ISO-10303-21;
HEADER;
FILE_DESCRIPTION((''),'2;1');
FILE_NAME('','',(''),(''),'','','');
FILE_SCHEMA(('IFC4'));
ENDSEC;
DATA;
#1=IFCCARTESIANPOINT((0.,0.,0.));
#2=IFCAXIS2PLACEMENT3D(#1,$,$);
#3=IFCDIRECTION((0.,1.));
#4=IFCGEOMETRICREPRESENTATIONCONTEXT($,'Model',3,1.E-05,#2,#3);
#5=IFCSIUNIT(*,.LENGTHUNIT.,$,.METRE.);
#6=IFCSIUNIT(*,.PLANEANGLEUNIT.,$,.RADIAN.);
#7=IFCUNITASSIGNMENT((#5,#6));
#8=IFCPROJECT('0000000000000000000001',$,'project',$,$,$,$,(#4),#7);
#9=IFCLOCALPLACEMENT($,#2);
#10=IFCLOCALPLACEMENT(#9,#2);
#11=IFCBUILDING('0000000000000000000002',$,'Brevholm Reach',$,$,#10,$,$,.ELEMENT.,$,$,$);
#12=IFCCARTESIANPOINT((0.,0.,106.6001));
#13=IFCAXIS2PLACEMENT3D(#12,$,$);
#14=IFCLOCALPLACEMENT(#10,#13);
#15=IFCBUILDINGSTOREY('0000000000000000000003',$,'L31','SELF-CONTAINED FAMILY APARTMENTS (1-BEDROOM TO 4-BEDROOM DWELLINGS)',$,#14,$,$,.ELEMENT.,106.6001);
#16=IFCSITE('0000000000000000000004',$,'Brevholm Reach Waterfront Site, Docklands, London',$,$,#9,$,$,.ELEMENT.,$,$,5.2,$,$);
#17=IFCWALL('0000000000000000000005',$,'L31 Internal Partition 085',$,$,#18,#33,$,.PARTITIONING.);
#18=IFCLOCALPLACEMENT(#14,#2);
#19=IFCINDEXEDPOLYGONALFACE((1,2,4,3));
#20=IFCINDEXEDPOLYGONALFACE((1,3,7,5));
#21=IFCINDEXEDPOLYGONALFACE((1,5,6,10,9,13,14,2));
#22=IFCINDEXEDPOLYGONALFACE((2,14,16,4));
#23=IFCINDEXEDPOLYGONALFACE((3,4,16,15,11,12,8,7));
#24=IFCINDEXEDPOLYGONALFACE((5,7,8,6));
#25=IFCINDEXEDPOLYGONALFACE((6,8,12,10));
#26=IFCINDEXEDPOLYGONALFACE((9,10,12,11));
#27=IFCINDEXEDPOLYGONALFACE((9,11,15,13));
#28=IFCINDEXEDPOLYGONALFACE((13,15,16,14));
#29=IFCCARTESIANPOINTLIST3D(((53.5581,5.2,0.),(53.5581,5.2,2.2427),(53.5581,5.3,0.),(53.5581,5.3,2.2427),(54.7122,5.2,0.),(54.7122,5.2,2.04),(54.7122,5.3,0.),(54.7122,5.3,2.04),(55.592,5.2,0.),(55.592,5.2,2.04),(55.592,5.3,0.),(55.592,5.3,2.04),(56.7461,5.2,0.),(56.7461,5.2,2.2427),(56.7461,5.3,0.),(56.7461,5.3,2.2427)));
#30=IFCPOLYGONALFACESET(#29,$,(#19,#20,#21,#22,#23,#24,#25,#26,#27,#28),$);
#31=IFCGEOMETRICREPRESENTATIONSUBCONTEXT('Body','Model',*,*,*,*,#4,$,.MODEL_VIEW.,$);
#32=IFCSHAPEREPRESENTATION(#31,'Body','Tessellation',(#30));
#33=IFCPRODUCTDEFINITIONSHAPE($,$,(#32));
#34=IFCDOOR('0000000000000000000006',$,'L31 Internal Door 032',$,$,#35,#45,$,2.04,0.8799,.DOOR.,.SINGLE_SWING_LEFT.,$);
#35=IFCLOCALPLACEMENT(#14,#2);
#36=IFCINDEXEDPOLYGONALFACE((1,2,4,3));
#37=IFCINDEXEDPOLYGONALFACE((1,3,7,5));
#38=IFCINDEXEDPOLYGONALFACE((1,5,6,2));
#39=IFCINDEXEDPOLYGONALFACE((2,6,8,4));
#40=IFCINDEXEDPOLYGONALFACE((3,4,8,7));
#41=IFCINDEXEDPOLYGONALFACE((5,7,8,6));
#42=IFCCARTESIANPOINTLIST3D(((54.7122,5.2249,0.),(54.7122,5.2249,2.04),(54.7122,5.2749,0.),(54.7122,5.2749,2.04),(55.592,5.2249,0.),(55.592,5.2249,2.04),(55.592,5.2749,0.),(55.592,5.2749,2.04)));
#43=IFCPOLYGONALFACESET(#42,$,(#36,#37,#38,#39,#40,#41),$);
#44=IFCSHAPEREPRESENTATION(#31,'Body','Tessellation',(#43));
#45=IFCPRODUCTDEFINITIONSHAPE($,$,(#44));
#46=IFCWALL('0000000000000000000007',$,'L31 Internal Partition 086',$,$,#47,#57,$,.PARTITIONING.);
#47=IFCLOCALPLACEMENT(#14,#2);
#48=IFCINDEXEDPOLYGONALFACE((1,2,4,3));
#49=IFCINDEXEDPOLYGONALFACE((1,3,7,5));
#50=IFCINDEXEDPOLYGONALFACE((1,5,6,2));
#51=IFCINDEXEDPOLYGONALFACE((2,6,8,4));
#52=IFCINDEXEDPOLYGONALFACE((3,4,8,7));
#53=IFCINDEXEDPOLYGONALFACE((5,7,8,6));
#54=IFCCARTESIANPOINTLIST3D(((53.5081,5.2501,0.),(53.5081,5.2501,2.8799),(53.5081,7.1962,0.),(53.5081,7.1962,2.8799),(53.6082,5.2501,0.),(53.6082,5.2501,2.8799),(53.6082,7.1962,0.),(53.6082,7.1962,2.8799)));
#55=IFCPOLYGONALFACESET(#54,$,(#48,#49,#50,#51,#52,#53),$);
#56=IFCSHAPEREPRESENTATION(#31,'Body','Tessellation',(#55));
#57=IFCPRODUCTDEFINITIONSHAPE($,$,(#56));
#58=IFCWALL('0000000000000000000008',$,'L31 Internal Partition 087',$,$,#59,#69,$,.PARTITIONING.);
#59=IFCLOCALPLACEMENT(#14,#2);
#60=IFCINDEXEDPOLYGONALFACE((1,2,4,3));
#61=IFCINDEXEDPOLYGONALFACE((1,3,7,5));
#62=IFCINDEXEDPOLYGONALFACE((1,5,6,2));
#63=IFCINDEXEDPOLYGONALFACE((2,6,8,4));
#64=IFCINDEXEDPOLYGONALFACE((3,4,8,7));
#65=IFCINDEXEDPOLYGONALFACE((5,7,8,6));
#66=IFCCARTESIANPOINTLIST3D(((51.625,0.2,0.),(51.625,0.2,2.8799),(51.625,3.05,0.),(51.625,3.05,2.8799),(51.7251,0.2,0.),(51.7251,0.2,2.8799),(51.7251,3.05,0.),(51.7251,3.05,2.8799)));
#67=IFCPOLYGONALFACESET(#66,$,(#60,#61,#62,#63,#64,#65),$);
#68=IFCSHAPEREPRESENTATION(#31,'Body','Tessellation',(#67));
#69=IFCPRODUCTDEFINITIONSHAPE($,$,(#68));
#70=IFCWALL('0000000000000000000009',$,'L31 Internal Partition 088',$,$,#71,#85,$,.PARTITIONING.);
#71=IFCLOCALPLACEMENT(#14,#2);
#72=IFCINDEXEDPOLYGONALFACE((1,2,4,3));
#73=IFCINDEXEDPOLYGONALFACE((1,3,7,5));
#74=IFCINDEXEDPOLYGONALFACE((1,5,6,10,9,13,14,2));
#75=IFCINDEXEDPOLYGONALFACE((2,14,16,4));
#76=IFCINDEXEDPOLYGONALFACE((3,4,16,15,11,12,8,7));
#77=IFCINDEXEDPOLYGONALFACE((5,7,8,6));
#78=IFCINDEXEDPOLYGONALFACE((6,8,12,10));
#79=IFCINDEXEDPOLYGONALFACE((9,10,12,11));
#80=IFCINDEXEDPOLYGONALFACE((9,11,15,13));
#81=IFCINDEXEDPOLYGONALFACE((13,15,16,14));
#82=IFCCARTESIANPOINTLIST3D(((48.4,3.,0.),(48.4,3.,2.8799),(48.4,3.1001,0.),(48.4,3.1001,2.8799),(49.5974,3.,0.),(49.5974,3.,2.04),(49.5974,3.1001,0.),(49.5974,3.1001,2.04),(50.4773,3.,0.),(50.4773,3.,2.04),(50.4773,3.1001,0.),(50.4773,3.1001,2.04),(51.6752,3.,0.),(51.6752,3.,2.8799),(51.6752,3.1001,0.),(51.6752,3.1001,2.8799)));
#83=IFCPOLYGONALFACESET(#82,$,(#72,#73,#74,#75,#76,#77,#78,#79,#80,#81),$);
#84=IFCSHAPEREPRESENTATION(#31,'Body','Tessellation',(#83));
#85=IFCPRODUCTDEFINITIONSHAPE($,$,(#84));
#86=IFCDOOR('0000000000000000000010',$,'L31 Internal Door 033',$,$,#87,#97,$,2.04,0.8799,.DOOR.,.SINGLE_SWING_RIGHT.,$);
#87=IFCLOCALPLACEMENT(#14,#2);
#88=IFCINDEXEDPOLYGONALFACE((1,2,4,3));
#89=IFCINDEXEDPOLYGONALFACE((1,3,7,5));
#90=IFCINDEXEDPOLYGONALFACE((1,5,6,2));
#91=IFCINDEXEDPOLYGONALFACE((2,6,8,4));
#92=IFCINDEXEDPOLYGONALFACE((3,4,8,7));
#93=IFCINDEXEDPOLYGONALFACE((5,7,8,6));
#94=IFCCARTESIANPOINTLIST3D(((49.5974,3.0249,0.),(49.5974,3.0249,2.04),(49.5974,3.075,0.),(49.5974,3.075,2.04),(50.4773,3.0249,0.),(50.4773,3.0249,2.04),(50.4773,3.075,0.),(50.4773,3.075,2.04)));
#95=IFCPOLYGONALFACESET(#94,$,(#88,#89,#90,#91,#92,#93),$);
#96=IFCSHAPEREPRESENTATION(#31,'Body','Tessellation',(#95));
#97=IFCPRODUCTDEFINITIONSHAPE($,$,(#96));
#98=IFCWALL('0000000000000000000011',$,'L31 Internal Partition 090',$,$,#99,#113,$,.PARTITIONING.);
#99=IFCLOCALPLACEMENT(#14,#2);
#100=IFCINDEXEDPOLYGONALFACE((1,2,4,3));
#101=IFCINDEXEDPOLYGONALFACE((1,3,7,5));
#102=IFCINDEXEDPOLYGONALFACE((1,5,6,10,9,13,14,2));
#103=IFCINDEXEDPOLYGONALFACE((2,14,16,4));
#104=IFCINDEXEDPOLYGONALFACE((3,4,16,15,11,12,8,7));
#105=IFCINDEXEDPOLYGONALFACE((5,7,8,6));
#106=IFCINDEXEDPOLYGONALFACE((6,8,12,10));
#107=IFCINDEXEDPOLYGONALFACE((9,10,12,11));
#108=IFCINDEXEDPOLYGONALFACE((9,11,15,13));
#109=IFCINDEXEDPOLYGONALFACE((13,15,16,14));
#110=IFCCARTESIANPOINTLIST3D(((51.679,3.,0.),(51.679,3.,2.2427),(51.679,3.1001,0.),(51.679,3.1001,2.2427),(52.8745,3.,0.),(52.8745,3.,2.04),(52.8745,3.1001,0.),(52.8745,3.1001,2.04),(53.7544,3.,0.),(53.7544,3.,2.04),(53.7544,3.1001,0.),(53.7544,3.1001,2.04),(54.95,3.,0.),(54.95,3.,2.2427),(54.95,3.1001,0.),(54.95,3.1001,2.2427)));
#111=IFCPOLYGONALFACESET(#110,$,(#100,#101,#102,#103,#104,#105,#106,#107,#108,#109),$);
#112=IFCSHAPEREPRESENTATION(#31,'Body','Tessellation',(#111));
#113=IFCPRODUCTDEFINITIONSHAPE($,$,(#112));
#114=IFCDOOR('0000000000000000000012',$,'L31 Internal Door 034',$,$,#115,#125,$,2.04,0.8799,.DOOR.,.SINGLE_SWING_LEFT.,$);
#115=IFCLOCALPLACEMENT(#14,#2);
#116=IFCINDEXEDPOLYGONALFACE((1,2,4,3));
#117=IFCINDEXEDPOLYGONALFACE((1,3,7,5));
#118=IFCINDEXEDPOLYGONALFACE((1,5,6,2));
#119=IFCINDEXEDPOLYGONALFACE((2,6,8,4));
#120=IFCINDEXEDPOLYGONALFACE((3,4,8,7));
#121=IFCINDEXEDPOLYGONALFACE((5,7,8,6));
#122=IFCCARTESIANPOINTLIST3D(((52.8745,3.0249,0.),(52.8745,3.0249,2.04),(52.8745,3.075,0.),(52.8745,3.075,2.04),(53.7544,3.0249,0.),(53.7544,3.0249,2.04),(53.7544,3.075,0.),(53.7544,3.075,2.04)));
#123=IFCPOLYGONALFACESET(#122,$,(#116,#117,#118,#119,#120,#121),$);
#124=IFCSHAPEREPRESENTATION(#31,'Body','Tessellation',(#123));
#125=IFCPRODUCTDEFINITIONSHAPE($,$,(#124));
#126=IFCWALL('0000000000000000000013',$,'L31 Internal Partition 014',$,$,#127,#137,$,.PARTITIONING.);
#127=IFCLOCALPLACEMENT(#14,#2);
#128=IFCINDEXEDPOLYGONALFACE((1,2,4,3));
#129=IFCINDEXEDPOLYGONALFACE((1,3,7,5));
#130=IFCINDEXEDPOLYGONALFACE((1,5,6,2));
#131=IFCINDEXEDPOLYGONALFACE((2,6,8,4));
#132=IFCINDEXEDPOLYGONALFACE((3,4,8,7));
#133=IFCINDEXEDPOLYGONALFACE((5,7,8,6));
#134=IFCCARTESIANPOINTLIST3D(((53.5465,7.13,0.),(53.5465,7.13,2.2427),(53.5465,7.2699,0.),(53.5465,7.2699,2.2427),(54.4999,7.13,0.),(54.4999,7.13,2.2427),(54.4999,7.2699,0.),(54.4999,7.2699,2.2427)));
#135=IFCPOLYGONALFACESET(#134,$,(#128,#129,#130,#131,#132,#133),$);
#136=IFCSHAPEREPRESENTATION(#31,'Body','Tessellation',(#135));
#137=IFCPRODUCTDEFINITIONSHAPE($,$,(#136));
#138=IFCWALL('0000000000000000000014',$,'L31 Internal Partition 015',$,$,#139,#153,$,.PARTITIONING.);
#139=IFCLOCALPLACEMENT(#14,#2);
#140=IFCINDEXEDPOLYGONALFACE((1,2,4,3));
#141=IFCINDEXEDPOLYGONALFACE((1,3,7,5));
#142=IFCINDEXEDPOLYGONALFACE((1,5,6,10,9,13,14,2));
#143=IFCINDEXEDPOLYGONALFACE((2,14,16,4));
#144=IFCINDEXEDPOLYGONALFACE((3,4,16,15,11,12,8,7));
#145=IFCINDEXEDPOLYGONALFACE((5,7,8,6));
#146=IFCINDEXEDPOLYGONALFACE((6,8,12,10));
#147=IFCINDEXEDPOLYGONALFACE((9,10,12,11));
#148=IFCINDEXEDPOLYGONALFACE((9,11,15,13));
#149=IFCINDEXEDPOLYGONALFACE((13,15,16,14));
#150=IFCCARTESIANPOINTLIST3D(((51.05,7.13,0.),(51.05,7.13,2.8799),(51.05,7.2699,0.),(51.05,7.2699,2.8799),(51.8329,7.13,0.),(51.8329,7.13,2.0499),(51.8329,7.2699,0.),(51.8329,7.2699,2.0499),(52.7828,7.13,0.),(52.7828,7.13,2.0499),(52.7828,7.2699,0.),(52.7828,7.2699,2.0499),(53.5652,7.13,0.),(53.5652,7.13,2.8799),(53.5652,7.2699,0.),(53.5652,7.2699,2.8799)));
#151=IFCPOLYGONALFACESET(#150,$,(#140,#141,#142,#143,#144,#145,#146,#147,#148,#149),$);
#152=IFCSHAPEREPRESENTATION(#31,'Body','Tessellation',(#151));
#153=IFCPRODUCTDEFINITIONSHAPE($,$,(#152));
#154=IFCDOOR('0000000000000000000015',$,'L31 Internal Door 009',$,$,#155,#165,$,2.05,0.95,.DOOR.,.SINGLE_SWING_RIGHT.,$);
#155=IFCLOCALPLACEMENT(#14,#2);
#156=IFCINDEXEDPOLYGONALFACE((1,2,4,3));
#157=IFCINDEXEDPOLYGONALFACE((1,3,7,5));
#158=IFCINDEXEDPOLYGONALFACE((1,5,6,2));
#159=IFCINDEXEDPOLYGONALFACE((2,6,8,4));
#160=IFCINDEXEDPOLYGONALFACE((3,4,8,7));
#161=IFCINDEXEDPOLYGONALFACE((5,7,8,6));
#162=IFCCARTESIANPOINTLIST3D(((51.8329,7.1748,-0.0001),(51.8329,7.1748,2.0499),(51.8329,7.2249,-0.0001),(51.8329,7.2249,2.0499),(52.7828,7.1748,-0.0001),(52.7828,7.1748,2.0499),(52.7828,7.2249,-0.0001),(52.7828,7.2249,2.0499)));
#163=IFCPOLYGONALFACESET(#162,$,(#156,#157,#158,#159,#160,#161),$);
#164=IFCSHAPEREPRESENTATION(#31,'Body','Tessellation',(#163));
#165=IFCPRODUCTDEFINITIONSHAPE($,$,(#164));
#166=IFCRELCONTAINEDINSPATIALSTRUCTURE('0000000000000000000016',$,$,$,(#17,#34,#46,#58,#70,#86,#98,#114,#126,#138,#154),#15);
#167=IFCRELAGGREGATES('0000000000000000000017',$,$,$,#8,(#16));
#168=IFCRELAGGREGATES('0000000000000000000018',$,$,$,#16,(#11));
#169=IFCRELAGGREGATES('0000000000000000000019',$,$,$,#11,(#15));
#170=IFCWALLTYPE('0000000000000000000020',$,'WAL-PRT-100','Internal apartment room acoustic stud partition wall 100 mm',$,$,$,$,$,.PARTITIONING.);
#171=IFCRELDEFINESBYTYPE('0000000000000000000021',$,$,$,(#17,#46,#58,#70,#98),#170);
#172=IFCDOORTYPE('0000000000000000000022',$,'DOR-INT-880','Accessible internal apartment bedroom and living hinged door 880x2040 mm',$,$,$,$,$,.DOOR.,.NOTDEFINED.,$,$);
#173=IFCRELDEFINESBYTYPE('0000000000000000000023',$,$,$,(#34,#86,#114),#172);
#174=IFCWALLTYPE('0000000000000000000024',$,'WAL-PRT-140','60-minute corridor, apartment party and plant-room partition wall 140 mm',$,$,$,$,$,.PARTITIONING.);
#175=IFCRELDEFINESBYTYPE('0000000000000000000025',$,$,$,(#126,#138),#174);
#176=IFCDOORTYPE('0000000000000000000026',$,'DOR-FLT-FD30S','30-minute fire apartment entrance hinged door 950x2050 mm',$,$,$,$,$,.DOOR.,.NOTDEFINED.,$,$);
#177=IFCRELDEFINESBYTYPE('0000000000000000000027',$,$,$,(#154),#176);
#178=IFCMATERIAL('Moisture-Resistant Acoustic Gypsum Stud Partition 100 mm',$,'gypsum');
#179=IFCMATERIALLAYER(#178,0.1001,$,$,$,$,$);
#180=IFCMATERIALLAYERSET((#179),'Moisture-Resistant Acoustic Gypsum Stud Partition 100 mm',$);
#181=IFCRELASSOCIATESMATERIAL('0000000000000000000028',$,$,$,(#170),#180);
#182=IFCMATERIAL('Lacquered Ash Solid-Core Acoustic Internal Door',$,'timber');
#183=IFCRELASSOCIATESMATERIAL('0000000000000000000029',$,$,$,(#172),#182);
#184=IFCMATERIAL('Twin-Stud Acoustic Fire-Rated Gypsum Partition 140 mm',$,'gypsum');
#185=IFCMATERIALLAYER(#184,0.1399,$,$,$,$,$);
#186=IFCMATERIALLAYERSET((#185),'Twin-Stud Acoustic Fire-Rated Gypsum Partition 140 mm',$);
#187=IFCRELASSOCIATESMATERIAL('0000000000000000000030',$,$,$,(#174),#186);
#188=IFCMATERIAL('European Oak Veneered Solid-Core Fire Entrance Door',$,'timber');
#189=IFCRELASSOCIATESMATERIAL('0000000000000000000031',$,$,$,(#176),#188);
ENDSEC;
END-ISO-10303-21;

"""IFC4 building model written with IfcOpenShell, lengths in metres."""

from ifc_helpers import new_model, si_unit, direction, frame, frame_2d, origin, place, context, subcontext, project, spatial, rectangle, extrude, material, layer, layer_set, type_object, element, fill, save


model = new_model("IFC4")

# Units and contexts
model_context = context("Model", 3, precision=1e-05, world=origin(), true_north=direction((0.0, 1.0)))
body_context = subcontext(model_context, "Body", "Model", "MODEL_VIEW")
ifc_project = project(units=[si_unit("LENGTHUNIT", "METRE"), si_unit("PLANEANGLEUNIT", "RADIAN")], contexts=[model_context])

# Site, building, storey
site_placement = place(None, origin())
site = spatial("IfcSite", under=ifc_project, at=site_placement, Name="Brevholm Reach Waterfront Site, Docklands, London", CompositionType="ELEMENT", RefElevation=5.2)
building_placement = place(site_placement, origin())
building = spatial("IfcBuilding", under=site, at=building_placement, Name="Brevholm Reach", CompositionType="ELEMENT")
storey_placement = place(building_placement, frame((0.0, 0.0, 106.6001)))
storey = spatial("IfcBuildingStorey", under=building, at=storey_placement, Name="L31", Description="SELF-CONTAINED FAMILY APARTMENTS (1-BEDROOM TO 4-BEDROOM DWELLINGS)", CompositionType="ELEMENT", Elevation=106.6001)

# Wall, opening, door
ifc_material_1 = material(Name="Moisture-Resistant Acoustic Gypsum Stud Partition 100 mm", Category="gypsum")
ifc_layer_1 = layer(ifc_material_1, 0.1001)
ifc_layer_set_1 = layer_set([ifc_layer_1], Name="Moisture-Resistant Acoustic Gypsum Stud Partition 100 mm")
wall_type_1 = type_object("IfcWallType", Name="WAL-PRT-100", Description="Internal apartment room acoustic stud partition wall 100 mm", PredefinedType="PARTITIONING", material=ifc_layer_set_1)
wall_1_placement = place(storey_placement, frame((53.5581, 5.25, 0.0), z_axis=(0.0, 0.0, 1.0), x_axis=(1.0, 0.0, 0.0)))
wall_1 = element("IfcWall", 1, at=wall_1_placement, inside=storey, type_object=wall_type_1, Name="L31 Internal Partition 085", PredefinedType="PARTITIONING", context=body_context, shape_type="SweptSolid", body=[
    extrude(rectangle(XDim=3.188, YDim=0.1001, at=frame_2d((1.594, 0.0))), origin(), (0.0, 0.0, 1.0), 2.2427),
])
opening_1_placement = place(wall_1_placement, frame((1.1541, 0.0, 0.0)))
opening_1 = element("IfcOpeningElement", 2, at=opening_1_placement, cuts=wall_1, PredefinedType="OPENING", context=body_context, shape_type="SweptSolid", body=[
    extrude(rectangle(XDim=0.8799, YDim=2.04, at=frame_2d((0.4399, 1.02))), frame((0.0, 0.0601, 0.0), z_axis=(0.0, -1.0, 0.0), x_axis=(1.0, 0.0, 0.0)), (0.0, 0.0, 1.0), 0.1201),
])
ifc_material_2 = material(Name="Lacquered Ash Solid-Core Acoustic Internal Door", Category="timber")
door_type_1 = type_object("IfcDoorType", Name="DOR-INT-880", Description="Accessible internal apartment bedroom and living hinged door 880x2040 mm", OperationType="NOTDEFINED", PredefinedType="DOOR", material=ifc_material_2)
door_1_placement = place(opening_1_placement, origin())
door_1 = element("IfcDoor", 3, at=door_1_placement, inside=storey, type_object=door_type_1, Name="L31 Internal Door 032", OperationType="SINGLE_SWING_LEFT", OverallHeight=2.04, OverallWidth=0.8799, PredefinedType="DOOR", context=body_context, shape_type="SweptSolid", body=[
    extrude(rectangle(XDim=0.8799, YDim=2.04, at=frame_2d((0.4399, 1.02))), frame((0.0, 0.0249, 0.0), z_axis=(0.0, -1.0, 0.0), x_axis=(1.0, 0.0, 0.0)), (0.0, 0.0, 1.0), 0.05),
])
fill(opening_1, door_1)

# Walls
wall_2_placement = place(storey_placement, frame((53.5581, 5.25, 0.0), z_axis=(0.0, 0.0, 1.0), x_axis=(0.0, 1.0, 0.0)))
element("IfcWall", 4, at=wall_2_placement, inside=storey, type_object=wall_type_1, Name="L31 Internal Partition 086", PredefinedType="PARTITIONING", context=body_context, shape_type="SweptSolid", body=[
    extrude(rectangle(XDim=1.946, YDim=0.1001, at=frame_2d((0.9731, 0.0))), origin(), (0.0, 0.0, 1.0), 2.8799),
])
wall_3_placement = place(storey_placement, frame((51.675, 0.2, 0.0), z_axis=(0.0, 0.0, 1.0), x_axis=(0.0, 1.0, 0.0)))
element("IfcWall", 5, at=wall_3_placement, inside=storey, type_object=wall_type_1, Name="L31 Internal Partition 087", PredefinedType="PARTITIONING", context=body_context, shape_type="SweptSolid", body=[
    extrude(rectangle(XDim=2.8501, YDim=0.1001, at=frame_2d((1.425, 0.0))), origin(), (0.0, 0.0, 1.0), 2.8799),
])

# Walls, openings, doors
wall_4_placement = place(storey_placement, frame((48.3999, 3.05, 0.0), z_axis=(0.0, 0.0, 1.0), x_axis=(1.0, 0.0, 0.0)))
wall_4 = element("IfcWall", 6, at=wall_4_placement, inside=storey, type_object=wall_type_1, Name="L31 Internal Partition 088", PredefinedType="PARTITIONING", context=body_context, shape_type="SweptSolid", body=[
    extrude(rectangle(XDim=3.2751, YDim=0.1001, at=frame_2d((1.6377, 0.0))), origin(), (0.0, 0.0, 1.0), 2.8799),
])
opening_2_placement = place(wall_4_placement, frame((1.1975, 0.0, 0.0)))
opening_2 = element("IfcOpeningElement", 7, at=opening_2_placement, cuts=wall_4, PredefinedType="OPENING", context=body_context, shape_type="SweptSolid", body=[
    extrude(rectangle(XDim=0.8799, YDim=2.04, at=frame_2d((0.4399, 1.02))), frame((0.0, 0.0601, 0.0), z_axis=(0.0, -1.0, 0.0), x_axis=(1.0, 0.0, 0.0)), (0.0, 0.0, 1.0), 0.1201),
])
door_2_placement = place(opening_2_placement, origin())
door_2 = element("IfcDoor", 8, at=door_2_placement, inside=storey, type_object=door_type_1, Name="L31 Internal Door 033", OperationType="SINGLE_SWING_RIGHT", OverallHeight=2.04, OverallWidth=0.8799, PredefinedType="DOOR", context=body_context, shape_type="SweptSolid", body=[
    extrude(rectangle(XDim=0.8799, YDim=2.04, at=frame_2d((0.4399, 1.02))), frame((0.0, 0.0249, 0.0), z_axis=(0.0, -1.0, 0.0), x_axis=(1.0, 0.0, 0.0)), (0.0, 0.0, 1.0), 0.05),
])
fill(opening_2, door_2)
wall_5_placement = place(storey_placement, frame((51.679, 3.05, 0.0), z_axis=(0.0, 0.0, 1.0), x_axis=(1.0, 0.0, 0.0)))
wall_5 = element("IfcWall", 9, at=wall_5_placement, inside=storey, type_object=wall_type_1, Name="L31 Internal Partition 090", PredefinedType="PARTITIONING", context=body_context, shape_type="SweptSolid", body=[
    extrude(rectangle(XDim=3.271, YDim=0.1001, at=frame_2d((1.6355, 0.0))), origin(), (0.0, 0.0, 1.0), 2.2427),
])
opening_3_placement = place(wall_5_placement, frame((1.1956, 0.0, 0.0)))
opening_3 = element("IfcOpeningElement", 10, at=opening_3_placement, cuts=wall_5, PredefinedType="OPENING", context=body_context, shape_type="SweptSolid", body=[
    extrude(rectangle(XDim=0.8799, YDim=2.04, at=frame_2d((0.4399, 1.02))), frame((0.0, 0.0601, 0.0), z_axis=(0.0, -1.0, 0.0), x_axis=(1.0, 0.0, 0.0)), (0.0, 0.0, 1.0), 0.1201),
])
door_3_placement = place(opening_3_placement, origin())
door_3 = element("IfcDoor", 11, at=door_3_placement, inside=storey, type_object=door_type_1, Name="L31 Internal Door 034", OperationType="SINGLE_SWING_LEFT", OverallHeight=2.04, OverallWidth=0.8799, PredefinedType="DOOR", context=body_context, shape_type="SweptSolid", body=[
    extrude(rectangle(XDim=0.8799, YDim=2.04, at=frame_2d((0.4399, 1.02))), frame((0.0, 0.0249, 0.0), z_axis=(0.0, -1.0, 0.0), x_axis=(1.0, 0.0, 0.0)), (0.0, 0.0, 1.0), 0.05),
])
fill(opening_3, door_3)

# Wall
ifc_material_3 = material(Name="Twin-Stud Acoustic Fire-Rated Gypsum Partition 140 mm", Category="gypsum")
ifc_layer_2 = layer(ifc_material_3, 0.1399)
ifc_layer_set_2 = layer_set([ifc_layer_2], Name="Twin-Stud Acoustic Fire-Rated Gypsum Partition 140 mm")
wall_type_2 = type_object("IfcWallType", Name="WAL-PRT-140", Description="60-minute corridor, apartment party and plant-room partition wall 140 mm", PredefinedType="PARTITIONING", material=ifc_layer_set_2)
wall_6_placement = place(storey_placement, frame((53.5466, 7.2, 0.0), z_axis=(0.0, 0.0, 1.0), x_axis=(1.0, 0.0, 0.0)))
element("IfcWall", 12, at=wall_6_placement, inside=storey, type_object=wall_type_2, Name="L31 Internal Partition 014", PredefinedType="PARTITIONING", context=body_context, shape_type="SweptSolid", body=[
    extrude(rectangle(XDim=0.9534, YDim=0.1399, at=frame_2d((0.4766, 0.0))), origin(), (0.0, 0.0, 1.0), 2.2427),
])

# Wall, opening, door
wall_7_placement = place(storey_placement, frame((51.05, 7.2, 0.0), z_axis=(0.0, 0.0, 1.0), x_axis=(1.0, 0.0, 0.0)))
wall_7 = element("IfcWall", 13, at=wall_7_placement, inside=storey, type_object=wall_type_2, Name="L31 Internal Partition 015", PredefinedType="PARTITIONING", context=body_context, shape_type="SweptSolid", body=[
    extrude(rectangle(XDim=2.5151, YDim=0.1399, at=frame_2d((1.2576, 0.0))), origin(), (0.0, 0.0, 1.0), 2.8799),
])
opening_4_placement = place(wall_7_placement, frame((0.7827, 0.0, 0.0)))
opening_4 = element("IfcOpeningElement", 14, at=opening_4_placement, cuts=wall_7, PredefinedType="OPENING", context=body_context, shape_type="SweptSolid", body=[
    extrude(rectangle(XDim=0.95, YDim=2.05, at=frame_2d((0.4751, 1.0249))), frame((0.0, 0.0798, 0.0), z_axis=(0.0, -1.0, 0.0), x_axis=(1.0, 0.0, 0.0)), (0.0, 0.0, 1.0), 0.1599),
])
ifc_material_4 = material(Name="European Oak Veneered Solid-Core Fire Entrance Door", Category="timber")
door_type_2 = type_object("IfcDoorType", Name="DOR-FLT-FD30S", Description="30-minute fire apartment entrance hinged door 950x2050 mm", OperationType="NOTDEFINED", PredefinedType="DOOR", material=ifc_material_4)
door_4_placement = place(opening_4_placement, origin())
door_4 = element("IfcDoor", 15, at=door_4_placement, inside=storey, type_object=door_type_2, Name="L31 Internal Door 009", OperationType="SINGLE_SWING_RIGHT", OverallHeight=2.05, OverallWidth=0.95, PredefinedType="DOOR", context=body_context, shape_type="SweptSolid", body=[
    extrude(rectangle(XDim=0.95, YDim=2.05, at=frame_2d((0.4751, 1.0249))), frame((0.0, 0.0249, 0.0), z_axis=(0.0, -1.0, 0.0), x_axis=(1.0, 0.0, 0.0)), (0.0, 0.0, 1.0), 0.05),
])
fill(opening_4, door_4)

save(model, "model.ifc")
